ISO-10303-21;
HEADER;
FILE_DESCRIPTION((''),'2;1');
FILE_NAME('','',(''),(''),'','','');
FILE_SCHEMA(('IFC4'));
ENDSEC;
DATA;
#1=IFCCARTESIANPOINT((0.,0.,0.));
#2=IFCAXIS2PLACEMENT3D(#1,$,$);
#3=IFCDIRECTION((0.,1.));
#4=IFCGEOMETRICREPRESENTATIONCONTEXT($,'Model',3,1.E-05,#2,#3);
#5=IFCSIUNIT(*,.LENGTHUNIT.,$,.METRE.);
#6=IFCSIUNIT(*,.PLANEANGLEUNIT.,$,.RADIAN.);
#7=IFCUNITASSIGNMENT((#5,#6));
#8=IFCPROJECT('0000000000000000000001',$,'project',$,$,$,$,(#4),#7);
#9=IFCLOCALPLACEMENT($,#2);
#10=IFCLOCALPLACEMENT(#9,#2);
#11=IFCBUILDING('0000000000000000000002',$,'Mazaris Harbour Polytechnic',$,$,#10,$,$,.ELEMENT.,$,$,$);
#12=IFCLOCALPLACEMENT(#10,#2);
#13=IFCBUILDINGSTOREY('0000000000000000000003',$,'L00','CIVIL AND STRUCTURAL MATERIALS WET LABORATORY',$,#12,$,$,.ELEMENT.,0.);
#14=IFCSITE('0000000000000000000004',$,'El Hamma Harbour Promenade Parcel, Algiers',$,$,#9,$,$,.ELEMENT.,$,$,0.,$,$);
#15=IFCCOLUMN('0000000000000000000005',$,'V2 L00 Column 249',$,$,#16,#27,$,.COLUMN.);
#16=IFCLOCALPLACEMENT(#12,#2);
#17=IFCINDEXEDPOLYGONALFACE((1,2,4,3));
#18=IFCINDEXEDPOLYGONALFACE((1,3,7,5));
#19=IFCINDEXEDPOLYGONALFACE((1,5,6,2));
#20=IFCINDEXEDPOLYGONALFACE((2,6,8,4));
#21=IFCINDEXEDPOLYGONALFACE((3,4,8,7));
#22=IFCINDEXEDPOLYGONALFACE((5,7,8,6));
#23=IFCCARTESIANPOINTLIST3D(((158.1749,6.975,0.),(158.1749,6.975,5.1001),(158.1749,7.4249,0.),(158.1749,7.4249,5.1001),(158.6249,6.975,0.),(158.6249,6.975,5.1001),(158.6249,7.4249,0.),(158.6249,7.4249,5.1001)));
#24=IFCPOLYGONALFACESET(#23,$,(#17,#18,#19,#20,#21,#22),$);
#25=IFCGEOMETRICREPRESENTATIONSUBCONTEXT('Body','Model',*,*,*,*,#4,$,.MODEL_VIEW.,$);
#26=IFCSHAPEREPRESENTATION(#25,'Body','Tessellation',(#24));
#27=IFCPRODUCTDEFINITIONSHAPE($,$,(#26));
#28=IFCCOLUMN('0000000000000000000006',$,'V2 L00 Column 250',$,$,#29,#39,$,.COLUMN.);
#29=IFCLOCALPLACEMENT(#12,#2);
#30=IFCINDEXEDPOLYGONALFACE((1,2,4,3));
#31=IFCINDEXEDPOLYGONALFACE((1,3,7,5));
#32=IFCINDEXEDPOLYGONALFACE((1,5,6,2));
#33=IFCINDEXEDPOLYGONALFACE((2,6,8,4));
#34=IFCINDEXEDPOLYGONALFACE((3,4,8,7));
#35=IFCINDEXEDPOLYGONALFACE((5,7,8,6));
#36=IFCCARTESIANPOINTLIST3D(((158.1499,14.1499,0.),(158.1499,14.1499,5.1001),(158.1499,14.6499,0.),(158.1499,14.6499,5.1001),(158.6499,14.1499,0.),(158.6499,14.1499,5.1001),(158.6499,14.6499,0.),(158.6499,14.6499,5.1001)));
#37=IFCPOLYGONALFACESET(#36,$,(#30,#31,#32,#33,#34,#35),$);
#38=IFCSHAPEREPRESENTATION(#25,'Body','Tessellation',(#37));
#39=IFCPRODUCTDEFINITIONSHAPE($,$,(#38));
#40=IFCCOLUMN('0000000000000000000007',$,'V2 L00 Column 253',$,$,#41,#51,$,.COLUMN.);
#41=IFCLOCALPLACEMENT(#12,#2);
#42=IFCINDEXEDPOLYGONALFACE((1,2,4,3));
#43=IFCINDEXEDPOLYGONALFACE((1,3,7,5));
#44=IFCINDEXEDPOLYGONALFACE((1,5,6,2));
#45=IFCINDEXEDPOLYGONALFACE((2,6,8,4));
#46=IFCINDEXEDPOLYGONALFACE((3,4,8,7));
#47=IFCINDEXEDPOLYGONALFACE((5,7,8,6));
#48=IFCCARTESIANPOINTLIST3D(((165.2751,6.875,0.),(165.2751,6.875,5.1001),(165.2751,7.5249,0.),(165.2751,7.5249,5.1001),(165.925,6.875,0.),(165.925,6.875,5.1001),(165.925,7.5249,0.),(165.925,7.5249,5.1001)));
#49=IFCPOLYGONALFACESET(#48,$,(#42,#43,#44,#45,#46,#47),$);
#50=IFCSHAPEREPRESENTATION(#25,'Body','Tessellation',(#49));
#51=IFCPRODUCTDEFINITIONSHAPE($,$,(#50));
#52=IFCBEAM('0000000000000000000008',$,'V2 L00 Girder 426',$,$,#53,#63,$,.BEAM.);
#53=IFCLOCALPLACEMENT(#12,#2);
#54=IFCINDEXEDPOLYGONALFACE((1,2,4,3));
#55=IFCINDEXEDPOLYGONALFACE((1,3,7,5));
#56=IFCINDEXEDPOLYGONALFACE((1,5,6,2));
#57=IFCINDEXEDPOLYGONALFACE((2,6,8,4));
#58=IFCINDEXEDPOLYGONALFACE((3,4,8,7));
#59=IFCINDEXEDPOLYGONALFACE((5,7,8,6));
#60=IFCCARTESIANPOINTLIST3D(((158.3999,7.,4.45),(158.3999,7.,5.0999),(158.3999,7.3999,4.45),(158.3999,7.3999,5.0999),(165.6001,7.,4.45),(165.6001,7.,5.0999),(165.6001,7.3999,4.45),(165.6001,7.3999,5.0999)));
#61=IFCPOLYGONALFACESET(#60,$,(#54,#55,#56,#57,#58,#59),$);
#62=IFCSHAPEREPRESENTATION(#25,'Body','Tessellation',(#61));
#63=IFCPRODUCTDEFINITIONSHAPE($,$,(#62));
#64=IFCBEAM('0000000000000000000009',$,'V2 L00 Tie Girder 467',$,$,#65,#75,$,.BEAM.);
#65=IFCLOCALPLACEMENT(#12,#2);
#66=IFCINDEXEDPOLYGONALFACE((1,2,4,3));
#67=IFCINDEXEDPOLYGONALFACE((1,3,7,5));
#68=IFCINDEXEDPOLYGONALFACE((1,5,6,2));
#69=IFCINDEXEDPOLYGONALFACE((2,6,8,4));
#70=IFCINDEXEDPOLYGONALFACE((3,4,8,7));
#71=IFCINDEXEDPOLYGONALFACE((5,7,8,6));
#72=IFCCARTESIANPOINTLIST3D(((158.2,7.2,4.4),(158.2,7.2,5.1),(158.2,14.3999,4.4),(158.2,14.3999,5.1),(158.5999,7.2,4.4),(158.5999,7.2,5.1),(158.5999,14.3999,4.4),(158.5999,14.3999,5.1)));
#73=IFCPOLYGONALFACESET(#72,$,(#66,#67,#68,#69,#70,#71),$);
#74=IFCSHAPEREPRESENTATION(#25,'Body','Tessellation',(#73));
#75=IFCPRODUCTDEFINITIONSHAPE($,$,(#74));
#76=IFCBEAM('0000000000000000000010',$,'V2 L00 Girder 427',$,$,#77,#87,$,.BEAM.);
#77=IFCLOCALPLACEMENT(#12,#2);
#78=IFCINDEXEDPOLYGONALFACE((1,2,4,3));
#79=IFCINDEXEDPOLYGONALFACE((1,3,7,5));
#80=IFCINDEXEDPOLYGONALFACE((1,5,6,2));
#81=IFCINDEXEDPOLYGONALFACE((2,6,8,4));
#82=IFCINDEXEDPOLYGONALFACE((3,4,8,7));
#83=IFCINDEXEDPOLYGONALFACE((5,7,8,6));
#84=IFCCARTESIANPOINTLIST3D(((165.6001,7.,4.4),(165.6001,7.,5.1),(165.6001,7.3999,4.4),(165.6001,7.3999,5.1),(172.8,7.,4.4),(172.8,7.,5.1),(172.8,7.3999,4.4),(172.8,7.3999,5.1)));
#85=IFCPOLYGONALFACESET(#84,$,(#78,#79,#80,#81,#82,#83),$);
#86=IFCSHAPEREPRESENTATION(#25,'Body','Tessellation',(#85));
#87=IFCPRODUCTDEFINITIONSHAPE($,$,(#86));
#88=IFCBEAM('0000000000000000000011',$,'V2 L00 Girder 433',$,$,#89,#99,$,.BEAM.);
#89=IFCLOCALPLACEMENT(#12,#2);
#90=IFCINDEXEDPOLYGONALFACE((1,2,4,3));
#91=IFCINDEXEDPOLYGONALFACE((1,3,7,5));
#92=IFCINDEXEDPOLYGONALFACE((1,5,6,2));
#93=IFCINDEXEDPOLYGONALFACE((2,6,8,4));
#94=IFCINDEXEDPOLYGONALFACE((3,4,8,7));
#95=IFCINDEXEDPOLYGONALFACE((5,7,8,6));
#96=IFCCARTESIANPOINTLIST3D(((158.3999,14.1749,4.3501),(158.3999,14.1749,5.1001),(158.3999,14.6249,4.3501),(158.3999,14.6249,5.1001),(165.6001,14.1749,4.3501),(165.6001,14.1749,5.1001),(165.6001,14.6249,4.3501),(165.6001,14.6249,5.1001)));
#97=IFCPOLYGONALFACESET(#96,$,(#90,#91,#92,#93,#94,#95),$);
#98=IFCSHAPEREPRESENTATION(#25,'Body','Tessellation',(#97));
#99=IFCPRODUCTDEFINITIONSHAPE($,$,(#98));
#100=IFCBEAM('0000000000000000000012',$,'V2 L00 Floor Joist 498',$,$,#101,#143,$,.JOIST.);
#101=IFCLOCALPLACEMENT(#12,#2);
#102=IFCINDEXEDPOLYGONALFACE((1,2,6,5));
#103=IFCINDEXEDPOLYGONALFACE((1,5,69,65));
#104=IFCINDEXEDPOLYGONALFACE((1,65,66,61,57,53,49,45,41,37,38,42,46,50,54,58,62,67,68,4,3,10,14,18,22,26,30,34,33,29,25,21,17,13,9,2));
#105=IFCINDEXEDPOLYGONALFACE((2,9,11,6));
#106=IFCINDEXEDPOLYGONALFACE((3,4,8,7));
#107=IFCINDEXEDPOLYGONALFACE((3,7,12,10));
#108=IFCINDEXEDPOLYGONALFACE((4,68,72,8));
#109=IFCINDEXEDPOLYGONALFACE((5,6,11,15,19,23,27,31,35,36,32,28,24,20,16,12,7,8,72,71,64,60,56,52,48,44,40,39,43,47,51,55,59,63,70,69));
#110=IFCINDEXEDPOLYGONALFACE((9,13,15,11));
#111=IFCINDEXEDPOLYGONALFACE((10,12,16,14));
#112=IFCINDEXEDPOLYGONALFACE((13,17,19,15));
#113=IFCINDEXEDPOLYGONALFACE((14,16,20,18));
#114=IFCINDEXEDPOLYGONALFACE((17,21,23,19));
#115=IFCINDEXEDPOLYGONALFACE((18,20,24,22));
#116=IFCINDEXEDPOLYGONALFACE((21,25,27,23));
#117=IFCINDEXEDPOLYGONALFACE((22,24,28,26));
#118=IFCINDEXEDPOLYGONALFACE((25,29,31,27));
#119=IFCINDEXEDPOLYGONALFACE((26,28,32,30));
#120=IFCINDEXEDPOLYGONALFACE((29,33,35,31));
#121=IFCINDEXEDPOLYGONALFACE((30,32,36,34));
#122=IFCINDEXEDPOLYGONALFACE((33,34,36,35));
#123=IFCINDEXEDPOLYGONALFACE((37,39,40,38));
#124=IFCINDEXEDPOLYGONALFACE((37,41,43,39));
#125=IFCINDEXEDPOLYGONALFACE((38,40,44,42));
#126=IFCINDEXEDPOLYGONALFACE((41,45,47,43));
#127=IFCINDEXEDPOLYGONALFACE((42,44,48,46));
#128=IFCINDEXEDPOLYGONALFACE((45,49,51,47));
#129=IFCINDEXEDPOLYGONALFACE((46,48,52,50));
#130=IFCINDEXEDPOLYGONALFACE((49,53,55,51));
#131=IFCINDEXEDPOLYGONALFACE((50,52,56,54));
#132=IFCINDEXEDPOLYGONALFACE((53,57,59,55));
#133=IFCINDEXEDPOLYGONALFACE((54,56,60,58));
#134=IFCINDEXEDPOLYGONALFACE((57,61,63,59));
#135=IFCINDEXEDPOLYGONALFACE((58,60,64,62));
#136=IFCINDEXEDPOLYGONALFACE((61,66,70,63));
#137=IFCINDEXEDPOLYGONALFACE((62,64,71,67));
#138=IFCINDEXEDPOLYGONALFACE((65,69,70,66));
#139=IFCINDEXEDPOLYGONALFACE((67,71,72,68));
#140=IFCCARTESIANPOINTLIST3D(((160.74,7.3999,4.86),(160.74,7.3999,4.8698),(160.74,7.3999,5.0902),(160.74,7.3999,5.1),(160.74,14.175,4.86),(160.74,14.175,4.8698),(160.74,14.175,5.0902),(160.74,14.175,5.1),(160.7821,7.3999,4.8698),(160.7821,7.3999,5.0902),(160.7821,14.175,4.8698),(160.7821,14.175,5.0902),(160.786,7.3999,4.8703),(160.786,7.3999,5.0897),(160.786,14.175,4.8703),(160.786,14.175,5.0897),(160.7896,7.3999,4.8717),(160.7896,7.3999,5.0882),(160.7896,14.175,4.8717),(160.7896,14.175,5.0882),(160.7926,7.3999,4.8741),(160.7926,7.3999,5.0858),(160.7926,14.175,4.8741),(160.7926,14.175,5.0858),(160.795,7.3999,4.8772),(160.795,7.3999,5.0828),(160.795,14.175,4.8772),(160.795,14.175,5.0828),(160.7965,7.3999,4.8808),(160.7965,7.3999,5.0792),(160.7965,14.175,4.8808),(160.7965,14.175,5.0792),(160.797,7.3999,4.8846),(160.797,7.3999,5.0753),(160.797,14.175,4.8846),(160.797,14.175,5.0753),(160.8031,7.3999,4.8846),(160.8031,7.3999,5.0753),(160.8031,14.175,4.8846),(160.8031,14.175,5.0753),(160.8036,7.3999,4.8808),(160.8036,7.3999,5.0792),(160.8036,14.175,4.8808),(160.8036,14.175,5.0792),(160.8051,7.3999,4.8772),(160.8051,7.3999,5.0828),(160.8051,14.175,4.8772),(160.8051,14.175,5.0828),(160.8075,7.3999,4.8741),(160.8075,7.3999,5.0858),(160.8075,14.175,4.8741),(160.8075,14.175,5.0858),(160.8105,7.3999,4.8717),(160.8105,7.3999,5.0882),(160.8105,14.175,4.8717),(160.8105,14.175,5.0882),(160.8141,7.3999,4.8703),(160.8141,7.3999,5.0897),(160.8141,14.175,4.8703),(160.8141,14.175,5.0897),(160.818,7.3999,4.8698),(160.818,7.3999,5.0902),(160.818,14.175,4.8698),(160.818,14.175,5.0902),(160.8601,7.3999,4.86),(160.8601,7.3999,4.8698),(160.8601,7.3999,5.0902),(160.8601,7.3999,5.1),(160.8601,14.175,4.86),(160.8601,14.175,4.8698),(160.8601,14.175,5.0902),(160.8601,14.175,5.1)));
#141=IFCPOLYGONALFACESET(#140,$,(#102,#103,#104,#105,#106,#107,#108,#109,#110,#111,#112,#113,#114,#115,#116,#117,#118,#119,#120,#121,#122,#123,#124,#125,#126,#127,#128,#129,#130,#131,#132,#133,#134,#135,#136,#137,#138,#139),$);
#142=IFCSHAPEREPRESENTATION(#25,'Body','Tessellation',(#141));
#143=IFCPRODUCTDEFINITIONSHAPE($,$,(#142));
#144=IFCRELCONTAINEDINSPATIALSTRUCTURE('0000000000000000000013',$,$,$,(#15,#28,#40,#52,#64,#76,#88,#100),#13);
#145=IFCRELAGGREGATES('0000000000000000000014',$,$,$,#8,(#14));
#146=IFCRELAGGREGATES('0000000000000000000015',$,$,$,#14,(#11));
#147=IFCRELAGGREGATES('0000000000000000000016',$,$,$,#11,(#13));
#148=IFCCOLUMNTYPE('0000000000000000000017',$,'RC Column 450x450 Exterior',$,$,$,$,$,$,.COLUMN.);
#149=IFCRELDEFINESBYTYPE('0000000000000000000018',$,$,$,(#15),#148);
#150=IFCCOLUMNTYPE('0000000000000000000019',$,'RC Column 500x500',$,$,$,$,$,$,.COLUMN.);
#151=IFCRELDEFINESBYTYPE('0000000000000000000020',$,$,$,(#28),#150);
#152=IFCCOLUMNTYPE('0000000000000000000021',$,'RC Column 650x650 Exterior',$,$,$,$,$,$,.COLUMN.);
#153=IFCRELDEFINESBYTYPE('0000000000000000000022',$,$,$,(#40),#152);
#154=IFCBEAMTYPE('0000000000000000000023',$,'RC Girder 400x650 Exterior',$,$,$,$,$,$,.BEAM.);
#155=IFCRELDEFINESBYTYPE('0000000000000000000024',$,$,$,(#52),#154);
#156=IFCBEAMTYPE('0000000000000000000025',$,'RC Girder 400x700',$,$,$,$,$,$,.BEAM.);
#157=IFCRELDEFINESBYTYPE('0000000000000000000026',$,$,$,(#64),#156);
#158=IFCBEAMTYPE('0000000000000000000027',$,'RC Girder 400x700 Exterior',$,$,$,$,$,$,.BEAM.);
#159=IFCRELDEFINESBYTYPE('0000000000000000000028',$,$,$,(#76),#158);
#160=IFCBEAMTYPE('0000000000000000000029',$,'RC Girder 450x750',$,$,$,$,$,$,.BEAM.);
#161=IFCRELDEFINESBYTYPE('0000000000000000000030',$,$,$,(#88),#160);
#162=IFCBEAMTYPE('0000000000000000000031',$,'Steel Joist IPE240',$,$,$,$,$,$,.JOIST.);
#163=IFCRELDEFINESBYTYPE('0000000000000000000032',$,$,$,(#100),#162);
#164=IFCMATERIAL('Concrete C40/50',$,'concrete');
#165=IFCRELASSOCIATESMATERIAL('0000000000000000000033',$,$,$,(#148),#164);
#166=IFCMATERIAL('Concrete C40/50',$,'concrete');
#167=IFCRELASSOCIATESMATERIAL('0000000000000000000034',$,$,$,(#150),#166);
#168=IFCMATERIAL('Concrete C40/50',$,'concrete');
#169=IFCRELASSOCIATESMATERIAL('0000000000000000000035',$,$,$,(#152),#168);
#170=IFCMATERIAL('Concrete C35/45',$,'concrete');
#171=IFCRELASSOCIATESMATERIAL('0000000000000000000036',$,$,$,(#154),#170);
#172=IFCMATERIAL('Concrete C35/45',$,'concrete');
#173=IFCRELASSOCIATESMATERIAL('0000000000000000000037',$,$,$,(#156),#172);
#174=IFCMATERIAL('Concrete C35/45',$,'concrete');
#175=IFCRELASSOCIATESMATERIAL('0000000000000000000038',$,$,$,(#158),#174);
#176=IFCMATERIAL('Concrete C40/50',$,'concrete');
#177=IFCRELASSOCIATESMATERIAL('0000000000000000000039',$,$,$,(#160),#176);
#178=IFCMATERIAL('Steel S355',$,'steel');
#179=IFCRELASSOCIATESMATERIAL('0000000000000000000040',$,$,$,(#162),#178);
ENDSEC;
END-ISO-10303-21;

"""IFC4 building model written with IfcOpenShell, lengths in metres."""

from ifc_helpers import new_model, si_unit, direction, frame, origin, origin_2d, place, context, subcontext, project, spatial, rectangle, i_section, extrude, material, material_profile, profile_set, type_object, element, save


model = new_model("IFC4")

# Units and contexts
model_context = context("Model", 3, precision=1e-05, world=origin(), true_north=direction((0.0, 1.0)))
body_context = subcontext(model_context, "Body", "Model", "MODEL_VIEW")
ifc_project = project(units=[si_unit("LENGTHUNIT", "METRE"), si_unit("PLANEANGLEUNIT", "RADIAN")], contexts=[model_context])

# Site, building, storey
site_placement = place(None, origin())
site = spatial("IfcSite", under=ifc_project, at=site_placement, Name="El Hamma Harbour Promenade Parcel, Algiers", CompositionType="ELEMENT", RefElevation=0.0)
building_placement = place(site_placement, origin())
building = spatial("IfcBuilding", under=site, at=building_placement, Name="Mazaris Harbour Polytechnic", CompositionType="ELEMENT")
storey_placement = place(building_placement, origin())
storey = spatial("IfcBuildingStorey", under=building, at=storey_placement, Name="L00", Description="CIVIL AND STRUCTURAL MATERIALS WET LABORATORY", CompositionType="ELEMENT", Elevation=0.0)

# Columns
ifc_material_1 = material(Name="Concrete C40/50", Category="concrete")
ifc_material_profile_1 = material_profile(ifc_material_1, rectangle(XDim=0.45, YDim=0.45, at=origin_2d()), Name="RECT450x450")
ifc_profile_set_1 = profile_set([ifc_material_profile_1], Name="Concrete C40/50")
column_type_1 = type_object("IfcColumnType", Name="RC Column 450x450 Exterior", PredefinedType="COLUMN", material=ifc_profile_set_1)
column_1_placement = place(storey_placement, frame((158.3999, 7.2, 0.0), z_axis=(0.0, 0.0, 1.0), x_axis=(1.0, 0.0, 0.0)))
element("IfcColumn", 1, at=column_1_placement, inside=storey, type_object=column_type_1, Name="V2 L00 Column 249", PredefinedType="COLUMN", context=body_context, shape_type="SweptSolid", body=[
    extrude(rectangle(XDim=0.45, YDim=0.45, at=origin_2d()), origin(), (0.0, 0.0, 1.0), 5.1001),
])
ifc_material_2 = material(Name="Concrete C40/50", Category="concrete")
ifc_material_profile_2 = material_profile(ifc_material_2, rectangle(XDim=0.5, YDim=0.5, at=origin_2d()), Name="RECT500x500")
ifc_profile_set_2 = profile_set([ifc_material_profile_2], Name="Concrete C40/50")
column_type_2 = type_object("IfcColumnType", Name="RC Column 500x500", PredefinedType="COLUMN", material=ifc_profile_set_2)
column_2_placement = place(storey_placement, frame((158.3999, 14.3999, 0.0), z_axis=(0.0, 0.0, 1.0), x_axis=(1.0, 0.0, 0.0)))
element("IfcColumn", 2, at=column_2_placement, inside=storey, type_object=column_type_2, Name="V2 L00 Column 250", PredefinedType="COLUMN", context=body_context, shape_type="SweptSolid", body=[
    extrude(rectangle(XDim=0.5, YDim=0.5, at=origin_2d()), origin(), (0.0, 0.0, 1.0), 5.1001),
])
ifc_material_3 = material(Name="Concrete C40/50", Category="concrete")
ifc_material_profile_3 = material_profile(ifc_material_3, rectangle(XDim=0.6499, YDim=0.6499, at=origin_2d()), Name="RECT650x650")
ifc_profile_set_3 = profile_set([ifc_material_profile_3], Name="Concrete C40/50")
column_type_3 = type_object("IfcColumnType", Name="RC Column 650x650 Exterior", PredefinedType="COLUMN", material=ifc_profile_set_3)
column_3_placement = place(storey_placement, frame((165.6001, 7.2, 0.0), z_axis=(0.0, 0.0, 1.0), x_axis=(1.0, 0.0, 0.0)))
element("IfcColumn", 3, at=column_3_placement, inside=storey, type_object=column_type_3, Name="V2 L00 Column 253", PredefinedType="COLUMN", context=body_context, shape_type="SweptSolid", body=[
    extrude(rectangle(XDim=0.6499, YDim=0.6499, at=origin_2d()), origin(), (0.0, 0.0, 1.0), 5.1001),
])

# Beams
ifc_material_4 = material(Name="Concrete C35/45", Category="concrete")
ifc_material_profile_4 = material_profile(ifc_material_4, rectangle(XDim=0.3999, YDim=0.6499, at=origin_2d()), Name="RECT400x650")
ifc_profile_set_4 = profile_set([ifc_material_profile_4], Name="Concrete C35/45")
beam_type_1 = type_object("IfcBeamType", Name="RC Girder 400x650 Exterior", PredefinedType="BEAM", material=ifc_profile_set_4)
beam_1_placement = place(storey_placement, frame((158.3999, 7.2, 4.7749), z_axis=(1.0, 0.0, 0.0), x_axis=(0.0, 1.0, 0.0)))
element("IfcBeam", 4, at=beam_1_placement, inside=storey, type_object=beam_type_1, Name="V2 L00 Girder 426", PredefinedType="BEAM", context=body_context, shape_type="SweptSolid", body=[
    extrude(rectangle(XDim=0.3999, YDim=0.6499, at=origin_2d()), origin(), (0.0, 0.0, 1.0), 7.2002),
])
ifc_material_5 = material(Name="Concrete C35/45", Category="concrete")
ifc_material_profile_5 = material_profile(ifc_material_5, rectangle(XDim=0.3999, YDim=0.7, at=origin_2d()), Name="RECT400x700")
ifc_profile_set_5 = profile_set([ifc_material_profile_5], Name="Concrete C35/45")
beam_type_2 = type_object("IfcBeamType", Name="RC Girder 400x700", PredefinedType="BEAM", material=ifc_profile_set_5)
beam_2_placement = place(storey_placement, frame((158.3999, 7.2, 4.75), z_axis=(0.0, 1.0, 0.0), x_axis=(-1.0, 0.0, 0.0)))
element("IfcBeam", 5, at=beam_2_placement, inside=storey, type_object=beam_type_2, Name="V2 L00 Tie Girder 467", PredefinedType="BEAM", context=body_context, shape_type="SweptSolid", body=[
    extrude(rectangle(XDim=0.3999, YDim=0.7, at=origin_2d()), origin(), (0.0, 0.0, 1.0), 7.2),
])
ifc_material_6 = material(Name="Concrete C35/45", Category="concrete")
ifc_material_profile_6 = material_profile(ifc_material_6, rectangle(XDim=0.3999, YDim=0.7, at=origin_2d()), Name="RECT400x700")
ifc_profile_set_6 = profile_set([ifc_material_profile_6], Name="Concrete C35/45")
beam_type_3 = type_object("IfcBeamType", Name="RC Girder 400x700 Exterior", PredefinedType="BEAM", material=ifc_profile_set_6)
beam_3_placement = place(storey_placement, frame((165.6001, 7.2, 4.75), z_axis=(1.0, 0.0, 0.0), x_axis=(0.0, 1.0, 0.0)))
element("IfcBeam", 6, at=beam_3_placement, inside=storey, type_object=beam_type_3, Name="V2 L00 Girder 427", PredefinedType="BEAM", context=body_context, shape_type="SweptSolid", body=[
    extrude(rectangle(XDim=0.3999, YDim=0.7, at=origin_2d()), origin(), (0.0, 0.0, 1.0), 7.2),
])
ifc_material_7 = material(Name="Concrete C40/50", Category="concrete")
ifc_material_profile_7 = material_profile(ifc_material_7, rectangle(XDim=0.45, YDim=0.75, at=origin_2d()), Name="RECT450x750")
ifc_profile_set_7 = profile_set([ifc_material_profile_7], Name="Concrete C40/50")
beam_type_4 = type_object("IfcBeamType", Name="RC Girder 450x750", PredefinedType="BEAM", material=ifc_profile_set_7)
beam_4_placement = place(storey_placement, frame((158.3999, 14.3999, 4.7251), z_axis=(1.0, 0.0, 0.0), x_axis=(0.0, 1.0, 0.0)))
element("IfcBeam", 7, at=beam_4_placement, inside=storey, type_object=beam_type_4, Name="V2 L00 Girder 433", PredefinedType="BEAM", context=body_context, shape_type="SweptSolid", body=[
    extrude(rectangle(XDim=0.45, YDim=0.75, at=origin_2d()), origin(), (0.0, 0.0, 1.0), 7.2002),
])
ifc_material_8 = material(Name="Steel S355", Category="steel")
ifc_material_profile_8 = material_profile(ifc_material_8, i_section(OverallWidth=0.1201, OverallDepth=0.24, WebThickness=0.0061, FlangeThickness=0.0098, FilletRadius=0.0149, at=origin_2d()), Name="IPE 240")
ifc_profile_set_8 = profile_set([ifc_material_profile_8], Name="Steel S355")
beam_type_5 = type_object("IfcBeamType", Name="Steel Joist IPE240", PredefinedType="JOIST", material=ifc_profile_set_8)
beam_5_placement = place(storey_placement, frame((160.8, 7.3999, 4.98), z_axis=(0.0, 1.0, 0.0), x_axis=(-1.0, 0.0, 0.0)))
element("IfcBeam", 8, at=beam_5_placement, inside=storey, type_object=beam_type_5, Name="V2 L00 Floor Joist 498", PredefinedType="JOIST", context=body_context, shape_type="SweptSolid", body=[
    extrude(i_section(OverallWidth=0.1201, OverallDepth=0.24, WebThickness=0.0061, FlangeThickness=0.0098, FilletRadius=0.0149, at=origin_2d()), origin(), (0.0, 0.0, 1.0), 6.7751),
])

save(model, "model.ifc")
